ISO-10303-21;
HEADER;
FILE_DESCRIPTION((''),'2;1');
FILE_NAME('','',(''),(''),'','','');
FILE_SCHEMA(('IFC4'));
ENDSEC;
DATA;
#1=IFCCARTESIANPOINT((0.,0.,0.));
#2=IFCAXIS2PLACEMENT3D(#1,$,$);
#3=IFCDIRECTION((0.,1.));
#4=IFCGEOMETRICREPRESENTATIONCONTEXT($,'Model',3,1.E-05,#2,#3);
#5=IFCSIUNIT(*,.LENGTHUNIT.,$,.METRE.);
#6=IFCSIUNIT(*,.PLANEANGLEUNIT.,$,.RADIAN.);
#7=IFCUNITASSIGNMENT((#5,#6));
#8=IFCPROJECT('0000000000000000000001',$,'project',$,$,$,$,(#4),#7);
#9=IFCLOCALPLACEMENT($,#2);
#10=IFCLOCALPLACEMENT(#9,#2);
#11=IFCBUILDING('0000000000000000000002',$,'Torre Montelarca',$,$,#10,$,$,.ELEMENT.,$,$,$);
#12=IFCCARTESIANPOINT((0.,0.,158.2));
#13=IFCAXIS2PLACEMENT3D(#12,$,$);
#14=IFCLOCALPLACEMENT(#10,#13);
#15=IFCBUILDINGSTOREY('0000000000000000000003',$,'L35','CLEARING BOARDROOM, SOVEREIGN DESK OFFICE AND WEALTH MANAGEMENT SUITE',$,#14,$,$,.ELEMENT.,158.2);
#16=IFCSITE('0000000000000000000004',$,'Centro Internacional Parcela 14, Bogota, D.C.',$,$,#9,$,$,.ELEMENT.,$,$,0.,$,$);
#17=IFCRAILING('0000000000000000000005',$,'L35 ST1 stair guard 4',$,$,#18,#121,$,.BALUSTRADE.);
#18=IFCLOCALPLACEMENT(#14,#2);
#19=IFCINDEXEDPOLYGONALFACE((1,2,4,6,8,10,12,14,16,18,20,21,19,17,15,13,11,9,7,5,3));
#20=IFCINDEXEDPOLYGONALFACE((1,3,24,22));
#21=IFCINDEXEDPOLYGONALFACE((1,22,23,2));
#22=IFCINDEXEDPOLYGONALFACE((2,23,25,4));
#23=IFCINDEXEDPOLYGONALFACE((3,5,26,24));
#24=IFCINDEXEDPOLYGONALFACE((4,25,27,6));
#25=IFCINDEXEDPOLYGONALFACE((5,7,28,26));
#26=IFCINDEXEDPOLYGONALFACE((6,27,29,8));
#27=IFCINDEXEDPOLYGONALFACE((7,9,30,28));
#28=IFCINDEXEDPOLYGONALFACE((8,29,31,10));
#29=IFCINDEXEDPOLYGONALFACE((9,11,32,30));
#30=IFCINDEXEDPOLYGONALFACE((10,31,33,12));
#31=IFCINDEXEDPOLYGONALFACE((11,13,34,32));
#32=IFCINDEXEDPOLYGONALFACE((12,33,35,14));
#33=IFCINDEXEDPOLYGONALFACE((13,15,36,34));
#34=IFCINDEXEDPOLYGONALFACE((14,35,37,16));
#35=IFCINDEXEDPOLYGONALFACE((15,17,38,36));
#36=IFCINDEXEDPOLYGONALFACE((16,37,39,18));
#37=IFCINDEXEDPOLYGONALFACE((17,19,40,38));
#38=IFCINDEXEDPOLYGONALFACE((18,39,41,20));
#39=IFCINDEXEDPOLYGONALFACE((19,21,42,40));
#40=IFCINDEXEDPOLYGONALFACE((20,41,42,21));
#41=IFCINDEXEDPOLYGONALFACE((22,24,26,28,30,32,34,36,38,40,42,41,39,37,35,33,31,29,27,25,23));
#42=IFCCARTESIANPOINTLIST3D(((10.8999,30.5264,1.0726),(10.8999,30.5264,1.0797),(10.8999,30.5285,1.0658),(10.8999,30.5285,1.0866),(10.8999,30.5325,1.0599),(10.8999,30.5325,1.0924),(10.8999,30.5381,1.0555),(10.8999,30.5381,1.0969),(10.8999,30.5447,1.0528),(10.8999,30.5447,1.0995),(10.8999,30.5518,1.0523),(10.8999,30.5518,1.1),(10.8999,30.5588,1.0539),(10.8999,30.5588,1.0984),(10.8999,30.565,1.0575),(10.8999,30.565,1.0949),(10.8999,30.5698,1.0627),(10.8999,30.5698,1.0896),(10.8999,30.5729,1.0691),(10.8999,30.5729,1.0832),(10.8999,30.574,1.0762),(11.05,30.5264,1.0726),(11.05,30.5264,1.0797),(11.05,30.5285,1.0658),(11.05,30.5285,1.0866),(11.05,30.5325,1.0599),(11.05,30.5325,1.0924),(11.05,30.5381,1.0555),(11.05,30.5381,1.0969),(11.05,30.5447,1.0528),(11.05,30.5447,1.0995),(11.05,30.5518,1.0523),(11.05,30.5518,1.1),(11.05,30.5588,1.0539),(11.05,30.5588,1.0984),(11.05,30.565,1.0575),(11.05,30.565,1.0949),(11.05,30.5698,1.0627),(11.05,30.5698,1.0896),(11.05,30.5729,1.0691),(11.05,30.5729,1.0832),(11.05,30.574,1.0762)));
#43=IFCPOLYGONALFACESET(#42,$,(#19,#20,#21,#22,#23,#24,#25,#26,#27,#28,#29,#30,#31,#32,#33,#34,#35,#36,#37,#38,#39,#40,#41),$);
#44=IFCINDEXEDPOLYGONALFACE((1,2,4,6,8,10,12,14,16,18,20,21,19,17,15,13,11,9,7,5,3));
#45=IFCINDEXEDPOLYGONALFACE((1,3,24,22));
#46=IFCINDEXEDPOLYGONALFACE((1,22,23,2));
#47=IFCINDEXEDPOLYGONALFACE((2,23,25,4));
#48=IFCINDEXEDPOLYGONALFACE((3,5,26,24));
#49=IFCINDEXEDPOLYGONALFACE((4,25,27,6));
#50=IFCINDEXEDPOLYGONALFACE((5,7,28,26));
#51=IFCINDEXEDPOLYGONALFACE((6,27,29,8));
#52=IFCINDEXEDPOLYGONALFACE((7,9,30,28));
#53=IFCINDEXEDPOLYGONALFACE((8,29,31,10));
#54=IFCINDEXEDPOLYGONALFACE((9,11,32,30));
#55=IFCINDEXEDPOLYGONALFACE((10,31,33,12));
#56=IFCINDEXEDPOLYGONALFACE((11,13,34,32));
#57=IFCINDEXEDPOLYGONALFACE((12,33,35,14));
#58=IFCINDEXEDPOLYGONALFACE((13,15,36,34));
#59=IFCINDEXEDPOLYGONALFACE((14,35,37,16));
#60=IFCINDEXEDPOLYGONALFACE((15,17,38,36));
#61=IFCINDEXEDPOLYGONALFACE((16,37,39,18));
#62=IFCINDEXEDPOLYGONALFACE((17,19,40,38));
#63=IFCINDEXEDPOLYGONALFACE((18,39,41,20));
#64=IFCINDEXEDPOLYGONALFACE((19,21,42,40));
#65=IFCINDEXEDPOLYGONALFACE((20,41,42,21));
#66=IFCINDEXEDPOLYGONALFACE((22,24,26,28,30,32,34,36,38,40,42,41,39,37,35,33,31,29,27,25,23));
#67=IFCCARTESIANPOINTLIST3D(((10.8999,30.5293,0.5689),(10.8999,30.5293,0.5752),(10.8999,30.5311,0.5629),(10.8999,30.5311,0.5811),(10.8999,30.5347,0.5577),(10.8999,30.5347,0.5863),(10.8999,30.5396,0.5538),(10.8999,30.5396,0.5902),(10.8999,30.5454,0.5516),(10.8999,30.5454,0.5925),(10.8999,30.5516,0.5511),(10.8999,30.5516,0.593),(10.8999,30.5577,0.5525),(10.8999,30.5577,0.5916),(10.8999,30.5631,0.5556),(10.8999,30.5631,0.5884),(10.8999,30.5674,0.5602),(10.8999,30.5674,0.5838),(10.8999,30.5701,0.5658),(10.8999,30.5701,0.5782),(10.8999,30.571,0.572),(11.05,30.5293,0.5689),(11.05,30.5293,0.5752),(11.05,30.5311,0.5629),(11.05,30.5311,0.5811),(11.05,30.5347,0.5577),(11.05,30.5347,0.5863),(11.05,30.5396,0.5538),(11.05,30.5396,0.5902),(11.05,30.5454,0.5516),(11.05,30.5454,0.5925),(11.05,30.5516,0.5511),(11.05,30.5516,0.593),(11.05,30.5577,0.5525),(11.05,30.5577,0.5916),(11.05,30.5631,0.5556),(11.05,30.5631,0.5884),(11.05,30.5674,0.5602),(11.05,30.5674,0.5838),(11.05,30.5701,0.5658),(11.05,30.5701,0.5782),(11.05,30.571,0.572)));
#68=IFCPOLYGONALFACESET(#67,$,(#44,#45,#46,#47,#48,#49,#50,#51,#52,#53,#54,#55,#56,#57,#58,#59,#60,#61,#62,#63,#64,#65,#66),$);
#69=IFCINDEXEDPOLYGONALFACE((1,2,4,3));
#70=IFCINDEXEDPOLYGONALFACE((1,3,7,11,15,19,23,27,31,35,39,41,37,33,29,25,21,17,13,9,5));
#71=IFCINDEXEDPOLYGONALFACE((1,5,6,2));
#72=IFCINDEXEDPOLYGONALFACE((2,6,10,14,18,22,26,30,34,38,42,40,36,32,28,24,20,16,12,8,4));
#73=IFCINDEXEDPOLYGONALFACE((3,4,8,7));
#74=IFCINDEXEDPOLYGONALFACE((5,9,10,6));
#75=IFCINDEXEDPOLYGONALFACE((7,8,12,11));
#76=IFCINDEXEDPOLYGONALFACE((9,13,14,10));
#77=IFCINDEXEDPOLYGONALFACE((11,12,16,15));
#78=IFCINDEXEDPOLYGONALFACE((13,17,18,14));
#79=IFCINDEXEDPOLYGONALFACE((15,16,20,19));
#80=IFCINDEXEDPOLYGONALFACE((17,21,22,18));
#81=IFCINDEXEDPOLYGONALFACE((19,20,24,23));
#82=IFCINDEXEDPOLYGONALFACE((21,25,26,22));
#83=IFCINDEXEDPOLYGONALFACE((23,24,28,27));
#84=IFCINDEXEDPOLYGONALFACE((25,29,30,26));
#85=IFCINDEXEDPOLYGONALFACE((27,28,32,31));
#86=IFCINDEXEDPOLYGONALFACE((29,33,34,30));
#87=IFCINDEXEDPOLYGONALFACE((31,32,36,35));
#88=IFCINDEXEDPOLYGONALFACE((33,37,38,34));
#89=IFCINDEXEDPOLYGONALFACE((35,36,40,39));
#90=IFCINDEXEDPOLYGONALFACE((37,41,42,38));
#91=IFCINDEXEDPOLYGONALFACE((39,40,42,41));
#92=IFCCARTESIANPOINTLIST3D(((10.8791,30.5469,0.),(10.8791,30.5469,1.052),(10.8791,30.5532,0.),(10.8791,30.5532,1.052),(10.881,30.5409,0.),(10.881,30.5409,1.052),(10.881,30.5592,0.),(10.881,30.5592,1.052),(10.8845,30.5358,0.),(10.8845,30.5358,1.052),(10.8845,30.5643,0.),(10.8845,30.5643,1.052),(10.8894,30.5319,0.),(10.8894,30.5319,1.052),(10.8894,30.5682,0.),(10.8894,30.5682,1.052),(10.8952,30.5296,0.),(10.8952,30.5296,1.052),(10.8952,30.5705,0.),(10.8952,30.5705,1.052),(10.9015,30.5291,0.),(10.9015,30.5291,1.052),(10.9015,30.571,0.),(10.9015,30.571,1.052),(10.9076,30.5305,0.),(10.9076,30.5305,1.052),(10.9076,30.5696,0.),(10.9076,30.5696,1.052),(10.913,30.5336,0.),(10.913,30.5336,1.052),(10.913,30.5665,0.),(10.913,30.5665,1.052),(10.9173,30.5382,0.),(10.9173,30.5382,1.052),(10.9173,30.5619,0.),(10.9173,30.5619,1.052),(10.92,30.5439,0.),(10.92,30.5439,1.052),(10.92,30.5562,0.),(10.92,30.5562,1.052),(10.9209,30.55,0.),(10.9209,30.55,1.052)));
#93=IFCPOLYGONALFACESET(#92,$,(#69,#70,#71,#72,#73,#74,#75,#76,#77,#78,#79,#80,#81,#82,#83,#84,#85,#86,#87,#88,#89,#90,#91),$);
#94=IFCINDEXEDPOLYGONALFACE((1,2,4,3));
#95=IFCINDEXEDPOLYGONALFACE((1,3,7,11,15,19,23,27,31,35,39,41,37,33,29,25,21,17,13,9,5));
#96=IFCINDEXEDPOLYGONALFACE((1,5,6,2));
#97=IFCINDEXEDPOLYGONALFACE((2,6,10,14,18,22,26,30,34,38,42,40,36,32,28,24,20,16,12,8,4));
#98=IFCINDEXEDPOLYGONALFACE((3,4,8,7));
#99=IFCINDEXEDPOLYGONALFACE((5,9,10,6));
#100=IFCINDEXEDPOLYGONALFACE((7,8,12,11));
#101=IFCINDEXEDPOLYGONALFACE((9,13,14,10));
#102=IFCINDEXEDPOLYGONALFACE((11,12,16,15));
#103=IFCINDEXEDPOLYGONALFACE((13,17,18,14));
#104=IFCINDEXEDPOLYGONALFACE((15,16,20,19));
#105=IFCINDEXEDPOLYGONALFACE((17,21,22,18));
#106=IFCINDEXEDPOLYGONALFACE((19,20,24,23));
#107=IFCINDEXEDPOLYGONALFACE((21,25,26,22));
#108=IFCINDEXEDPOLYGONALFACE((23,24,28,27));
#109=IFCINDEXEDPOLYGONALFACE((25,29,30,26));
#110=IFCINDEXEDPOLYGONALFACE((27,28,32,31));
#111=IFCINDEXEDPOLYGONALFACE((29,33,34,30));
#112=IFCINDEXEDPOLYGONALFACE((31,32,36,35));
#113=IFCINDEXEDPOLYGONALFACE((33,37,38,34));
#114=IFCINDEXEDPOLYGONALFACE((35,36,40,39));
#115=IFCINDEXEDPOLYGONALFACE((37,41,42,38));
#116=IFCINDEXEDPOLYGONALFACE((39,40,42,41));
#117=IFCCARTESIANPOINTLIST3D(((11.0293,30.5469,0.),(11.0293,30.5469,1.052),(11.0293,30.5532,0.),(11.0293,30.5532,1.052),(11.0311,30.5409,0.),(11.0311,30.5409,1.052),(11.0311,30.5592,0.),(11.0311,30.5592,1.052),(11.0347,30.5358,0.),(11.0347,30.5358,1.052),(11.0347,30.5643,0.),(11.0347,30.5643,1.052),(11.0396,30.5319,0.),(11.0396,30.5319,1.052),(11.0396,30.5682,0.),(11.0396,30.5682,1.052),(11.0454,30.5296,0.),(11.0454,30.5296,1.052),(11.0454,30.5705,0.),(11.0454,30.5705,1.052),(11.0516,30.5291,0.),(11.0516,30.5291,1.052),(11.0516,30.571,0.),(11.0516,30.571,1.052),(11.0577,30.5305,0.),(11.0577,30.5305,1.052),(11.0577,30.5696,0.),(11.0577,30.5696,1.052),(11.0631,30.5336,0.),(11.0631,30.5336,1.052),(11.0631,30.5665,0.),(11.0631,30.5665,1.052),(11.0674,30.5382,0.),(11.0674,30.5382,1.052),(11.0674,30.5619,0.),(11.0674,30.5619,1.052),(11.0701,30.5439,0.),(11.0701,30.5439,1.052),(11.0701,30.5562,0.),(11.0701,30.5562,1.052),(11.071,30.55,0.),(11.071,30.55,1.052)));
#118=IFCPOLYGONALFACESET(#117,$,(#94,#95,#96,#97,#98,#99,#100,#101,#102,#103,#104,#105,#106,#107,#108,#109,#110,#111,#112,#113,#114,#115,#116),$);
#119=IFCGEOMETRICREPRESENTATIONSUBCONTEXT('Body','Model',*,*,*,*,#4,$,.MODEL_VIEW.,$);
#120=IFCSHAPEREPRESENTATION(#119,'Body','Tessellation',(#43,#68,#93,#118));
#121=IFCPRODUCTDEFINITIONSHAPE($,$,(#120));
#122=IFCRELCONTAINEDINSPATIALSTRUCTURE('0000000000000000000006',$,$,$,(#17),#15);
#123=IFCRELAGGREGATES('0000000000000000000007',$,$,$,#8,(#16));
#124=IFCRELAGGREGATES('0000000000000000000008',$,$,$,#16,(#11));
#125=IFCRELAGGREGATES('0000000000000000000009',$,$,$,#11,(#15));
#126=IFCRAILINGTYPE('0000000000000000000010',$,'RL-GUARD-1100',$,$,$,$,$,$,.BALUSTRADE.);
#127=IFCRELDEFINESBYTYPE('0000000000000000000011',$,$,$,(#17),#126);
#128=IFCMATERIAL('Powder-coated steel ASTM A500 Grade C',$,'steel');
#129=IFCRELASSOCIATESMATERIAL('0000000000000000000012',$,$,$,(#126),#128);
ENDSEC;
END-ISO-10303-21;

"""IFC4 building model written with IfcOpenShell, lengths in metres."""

from ifc_helpers import new_model, si_unit, direction, frame, origin, origin_2d, place, context, subcontext, project, spatial, circle, extrude, material, type_object, element, save


model = new_model("IFC4")

# Units and contexts
model_context = context("Model", 3, precision=1e-05, world=origin(), true_north=direction((0.0, 1.0)))
body_context = subcontext(model_context, "Body", "Model", "MODEL_VIEW")
ifc_project = project(units=[si_unit("LENGTHUNIT", "METRE"), si_unit("PLANEANGLEUNIT", "RADIAN")], contexts=[model_context])

# Site, building, storey
site_placement = place(None, origin())
site = spatial("IfcSite", under=ifc_project, at=site_placement, Name="Centro Internacional Parcela 14, Bogota, D.C.", CompositionType="ELEMENT", RefElevation=0.0)
building_placement = place(site_placement, origin())
building = spatial("IfcBuilding", under=site, at=building_placement, Name="Torre Montelarca", CompositionType="ELEMENT")
storey_placement = place(building_placement, frame((0.0, 0.0, 158.2)))
storey = spatial("IfcBuildingStorey", under=building, at=storey_placement, Name="L35", Description="CLEARING BOARDROOM, SOVEREIGN DESK OFFICE AND WEALTH MANAGEMENT SUITE", CompositionType="ELEMENT", Elevation=158.2)

# Railing
ifc_material_1 = material(Name="Powder-coated steel ASTM A500 Grade C", Category="steel")
railing_type_1 = type_object("IfcRailingType", Name="RL-GUARD-1100", PredefinedType="BALUSTRADE", material=ifc_material_1)
railing_1_placement = place(storey_placement, frame((10.8999, 30.55, 0.0)))
element("IfcRailing", 1, at=railing_1_placement, inside=storey, type_object=railing_type_1, Name="L35 ST1 stair guard 4", PredefinedType="BALUSTRADE", context=body_context, shape_type="SweptSolid", body=[
    extrude(circle(Radius=0.0239, at=origin_2d()), frame((0.0, 0.0, 1.0762), z_axis=(1.0, 0.0, 0.0), x_axis=(0.0, 1.0, 0.0)), (0.0, 0.0, 1.0), 0.1501),
    extrude(circle(Radius=0.021, at=origin_2d()), frame((0.0, 0.0, 0.572), z_axis=(1.0, 0.0, 0.0), x_axis=(0.0, 1.0, 0.0)), (0.0, 0.0, 1.0), 0.1501),
    extrude(circle(Radius=0.021, at=origin_2d()), origin(), (0.0, 0.0, 1.0), 1.052),
    extrude(circle(Radius=0.021, at=origin_2d()), frame((0.1501, 0.0, 0.0)), (0.0, 0.0, 1.0), 1.052),
])

save(model, "model.ifc")
